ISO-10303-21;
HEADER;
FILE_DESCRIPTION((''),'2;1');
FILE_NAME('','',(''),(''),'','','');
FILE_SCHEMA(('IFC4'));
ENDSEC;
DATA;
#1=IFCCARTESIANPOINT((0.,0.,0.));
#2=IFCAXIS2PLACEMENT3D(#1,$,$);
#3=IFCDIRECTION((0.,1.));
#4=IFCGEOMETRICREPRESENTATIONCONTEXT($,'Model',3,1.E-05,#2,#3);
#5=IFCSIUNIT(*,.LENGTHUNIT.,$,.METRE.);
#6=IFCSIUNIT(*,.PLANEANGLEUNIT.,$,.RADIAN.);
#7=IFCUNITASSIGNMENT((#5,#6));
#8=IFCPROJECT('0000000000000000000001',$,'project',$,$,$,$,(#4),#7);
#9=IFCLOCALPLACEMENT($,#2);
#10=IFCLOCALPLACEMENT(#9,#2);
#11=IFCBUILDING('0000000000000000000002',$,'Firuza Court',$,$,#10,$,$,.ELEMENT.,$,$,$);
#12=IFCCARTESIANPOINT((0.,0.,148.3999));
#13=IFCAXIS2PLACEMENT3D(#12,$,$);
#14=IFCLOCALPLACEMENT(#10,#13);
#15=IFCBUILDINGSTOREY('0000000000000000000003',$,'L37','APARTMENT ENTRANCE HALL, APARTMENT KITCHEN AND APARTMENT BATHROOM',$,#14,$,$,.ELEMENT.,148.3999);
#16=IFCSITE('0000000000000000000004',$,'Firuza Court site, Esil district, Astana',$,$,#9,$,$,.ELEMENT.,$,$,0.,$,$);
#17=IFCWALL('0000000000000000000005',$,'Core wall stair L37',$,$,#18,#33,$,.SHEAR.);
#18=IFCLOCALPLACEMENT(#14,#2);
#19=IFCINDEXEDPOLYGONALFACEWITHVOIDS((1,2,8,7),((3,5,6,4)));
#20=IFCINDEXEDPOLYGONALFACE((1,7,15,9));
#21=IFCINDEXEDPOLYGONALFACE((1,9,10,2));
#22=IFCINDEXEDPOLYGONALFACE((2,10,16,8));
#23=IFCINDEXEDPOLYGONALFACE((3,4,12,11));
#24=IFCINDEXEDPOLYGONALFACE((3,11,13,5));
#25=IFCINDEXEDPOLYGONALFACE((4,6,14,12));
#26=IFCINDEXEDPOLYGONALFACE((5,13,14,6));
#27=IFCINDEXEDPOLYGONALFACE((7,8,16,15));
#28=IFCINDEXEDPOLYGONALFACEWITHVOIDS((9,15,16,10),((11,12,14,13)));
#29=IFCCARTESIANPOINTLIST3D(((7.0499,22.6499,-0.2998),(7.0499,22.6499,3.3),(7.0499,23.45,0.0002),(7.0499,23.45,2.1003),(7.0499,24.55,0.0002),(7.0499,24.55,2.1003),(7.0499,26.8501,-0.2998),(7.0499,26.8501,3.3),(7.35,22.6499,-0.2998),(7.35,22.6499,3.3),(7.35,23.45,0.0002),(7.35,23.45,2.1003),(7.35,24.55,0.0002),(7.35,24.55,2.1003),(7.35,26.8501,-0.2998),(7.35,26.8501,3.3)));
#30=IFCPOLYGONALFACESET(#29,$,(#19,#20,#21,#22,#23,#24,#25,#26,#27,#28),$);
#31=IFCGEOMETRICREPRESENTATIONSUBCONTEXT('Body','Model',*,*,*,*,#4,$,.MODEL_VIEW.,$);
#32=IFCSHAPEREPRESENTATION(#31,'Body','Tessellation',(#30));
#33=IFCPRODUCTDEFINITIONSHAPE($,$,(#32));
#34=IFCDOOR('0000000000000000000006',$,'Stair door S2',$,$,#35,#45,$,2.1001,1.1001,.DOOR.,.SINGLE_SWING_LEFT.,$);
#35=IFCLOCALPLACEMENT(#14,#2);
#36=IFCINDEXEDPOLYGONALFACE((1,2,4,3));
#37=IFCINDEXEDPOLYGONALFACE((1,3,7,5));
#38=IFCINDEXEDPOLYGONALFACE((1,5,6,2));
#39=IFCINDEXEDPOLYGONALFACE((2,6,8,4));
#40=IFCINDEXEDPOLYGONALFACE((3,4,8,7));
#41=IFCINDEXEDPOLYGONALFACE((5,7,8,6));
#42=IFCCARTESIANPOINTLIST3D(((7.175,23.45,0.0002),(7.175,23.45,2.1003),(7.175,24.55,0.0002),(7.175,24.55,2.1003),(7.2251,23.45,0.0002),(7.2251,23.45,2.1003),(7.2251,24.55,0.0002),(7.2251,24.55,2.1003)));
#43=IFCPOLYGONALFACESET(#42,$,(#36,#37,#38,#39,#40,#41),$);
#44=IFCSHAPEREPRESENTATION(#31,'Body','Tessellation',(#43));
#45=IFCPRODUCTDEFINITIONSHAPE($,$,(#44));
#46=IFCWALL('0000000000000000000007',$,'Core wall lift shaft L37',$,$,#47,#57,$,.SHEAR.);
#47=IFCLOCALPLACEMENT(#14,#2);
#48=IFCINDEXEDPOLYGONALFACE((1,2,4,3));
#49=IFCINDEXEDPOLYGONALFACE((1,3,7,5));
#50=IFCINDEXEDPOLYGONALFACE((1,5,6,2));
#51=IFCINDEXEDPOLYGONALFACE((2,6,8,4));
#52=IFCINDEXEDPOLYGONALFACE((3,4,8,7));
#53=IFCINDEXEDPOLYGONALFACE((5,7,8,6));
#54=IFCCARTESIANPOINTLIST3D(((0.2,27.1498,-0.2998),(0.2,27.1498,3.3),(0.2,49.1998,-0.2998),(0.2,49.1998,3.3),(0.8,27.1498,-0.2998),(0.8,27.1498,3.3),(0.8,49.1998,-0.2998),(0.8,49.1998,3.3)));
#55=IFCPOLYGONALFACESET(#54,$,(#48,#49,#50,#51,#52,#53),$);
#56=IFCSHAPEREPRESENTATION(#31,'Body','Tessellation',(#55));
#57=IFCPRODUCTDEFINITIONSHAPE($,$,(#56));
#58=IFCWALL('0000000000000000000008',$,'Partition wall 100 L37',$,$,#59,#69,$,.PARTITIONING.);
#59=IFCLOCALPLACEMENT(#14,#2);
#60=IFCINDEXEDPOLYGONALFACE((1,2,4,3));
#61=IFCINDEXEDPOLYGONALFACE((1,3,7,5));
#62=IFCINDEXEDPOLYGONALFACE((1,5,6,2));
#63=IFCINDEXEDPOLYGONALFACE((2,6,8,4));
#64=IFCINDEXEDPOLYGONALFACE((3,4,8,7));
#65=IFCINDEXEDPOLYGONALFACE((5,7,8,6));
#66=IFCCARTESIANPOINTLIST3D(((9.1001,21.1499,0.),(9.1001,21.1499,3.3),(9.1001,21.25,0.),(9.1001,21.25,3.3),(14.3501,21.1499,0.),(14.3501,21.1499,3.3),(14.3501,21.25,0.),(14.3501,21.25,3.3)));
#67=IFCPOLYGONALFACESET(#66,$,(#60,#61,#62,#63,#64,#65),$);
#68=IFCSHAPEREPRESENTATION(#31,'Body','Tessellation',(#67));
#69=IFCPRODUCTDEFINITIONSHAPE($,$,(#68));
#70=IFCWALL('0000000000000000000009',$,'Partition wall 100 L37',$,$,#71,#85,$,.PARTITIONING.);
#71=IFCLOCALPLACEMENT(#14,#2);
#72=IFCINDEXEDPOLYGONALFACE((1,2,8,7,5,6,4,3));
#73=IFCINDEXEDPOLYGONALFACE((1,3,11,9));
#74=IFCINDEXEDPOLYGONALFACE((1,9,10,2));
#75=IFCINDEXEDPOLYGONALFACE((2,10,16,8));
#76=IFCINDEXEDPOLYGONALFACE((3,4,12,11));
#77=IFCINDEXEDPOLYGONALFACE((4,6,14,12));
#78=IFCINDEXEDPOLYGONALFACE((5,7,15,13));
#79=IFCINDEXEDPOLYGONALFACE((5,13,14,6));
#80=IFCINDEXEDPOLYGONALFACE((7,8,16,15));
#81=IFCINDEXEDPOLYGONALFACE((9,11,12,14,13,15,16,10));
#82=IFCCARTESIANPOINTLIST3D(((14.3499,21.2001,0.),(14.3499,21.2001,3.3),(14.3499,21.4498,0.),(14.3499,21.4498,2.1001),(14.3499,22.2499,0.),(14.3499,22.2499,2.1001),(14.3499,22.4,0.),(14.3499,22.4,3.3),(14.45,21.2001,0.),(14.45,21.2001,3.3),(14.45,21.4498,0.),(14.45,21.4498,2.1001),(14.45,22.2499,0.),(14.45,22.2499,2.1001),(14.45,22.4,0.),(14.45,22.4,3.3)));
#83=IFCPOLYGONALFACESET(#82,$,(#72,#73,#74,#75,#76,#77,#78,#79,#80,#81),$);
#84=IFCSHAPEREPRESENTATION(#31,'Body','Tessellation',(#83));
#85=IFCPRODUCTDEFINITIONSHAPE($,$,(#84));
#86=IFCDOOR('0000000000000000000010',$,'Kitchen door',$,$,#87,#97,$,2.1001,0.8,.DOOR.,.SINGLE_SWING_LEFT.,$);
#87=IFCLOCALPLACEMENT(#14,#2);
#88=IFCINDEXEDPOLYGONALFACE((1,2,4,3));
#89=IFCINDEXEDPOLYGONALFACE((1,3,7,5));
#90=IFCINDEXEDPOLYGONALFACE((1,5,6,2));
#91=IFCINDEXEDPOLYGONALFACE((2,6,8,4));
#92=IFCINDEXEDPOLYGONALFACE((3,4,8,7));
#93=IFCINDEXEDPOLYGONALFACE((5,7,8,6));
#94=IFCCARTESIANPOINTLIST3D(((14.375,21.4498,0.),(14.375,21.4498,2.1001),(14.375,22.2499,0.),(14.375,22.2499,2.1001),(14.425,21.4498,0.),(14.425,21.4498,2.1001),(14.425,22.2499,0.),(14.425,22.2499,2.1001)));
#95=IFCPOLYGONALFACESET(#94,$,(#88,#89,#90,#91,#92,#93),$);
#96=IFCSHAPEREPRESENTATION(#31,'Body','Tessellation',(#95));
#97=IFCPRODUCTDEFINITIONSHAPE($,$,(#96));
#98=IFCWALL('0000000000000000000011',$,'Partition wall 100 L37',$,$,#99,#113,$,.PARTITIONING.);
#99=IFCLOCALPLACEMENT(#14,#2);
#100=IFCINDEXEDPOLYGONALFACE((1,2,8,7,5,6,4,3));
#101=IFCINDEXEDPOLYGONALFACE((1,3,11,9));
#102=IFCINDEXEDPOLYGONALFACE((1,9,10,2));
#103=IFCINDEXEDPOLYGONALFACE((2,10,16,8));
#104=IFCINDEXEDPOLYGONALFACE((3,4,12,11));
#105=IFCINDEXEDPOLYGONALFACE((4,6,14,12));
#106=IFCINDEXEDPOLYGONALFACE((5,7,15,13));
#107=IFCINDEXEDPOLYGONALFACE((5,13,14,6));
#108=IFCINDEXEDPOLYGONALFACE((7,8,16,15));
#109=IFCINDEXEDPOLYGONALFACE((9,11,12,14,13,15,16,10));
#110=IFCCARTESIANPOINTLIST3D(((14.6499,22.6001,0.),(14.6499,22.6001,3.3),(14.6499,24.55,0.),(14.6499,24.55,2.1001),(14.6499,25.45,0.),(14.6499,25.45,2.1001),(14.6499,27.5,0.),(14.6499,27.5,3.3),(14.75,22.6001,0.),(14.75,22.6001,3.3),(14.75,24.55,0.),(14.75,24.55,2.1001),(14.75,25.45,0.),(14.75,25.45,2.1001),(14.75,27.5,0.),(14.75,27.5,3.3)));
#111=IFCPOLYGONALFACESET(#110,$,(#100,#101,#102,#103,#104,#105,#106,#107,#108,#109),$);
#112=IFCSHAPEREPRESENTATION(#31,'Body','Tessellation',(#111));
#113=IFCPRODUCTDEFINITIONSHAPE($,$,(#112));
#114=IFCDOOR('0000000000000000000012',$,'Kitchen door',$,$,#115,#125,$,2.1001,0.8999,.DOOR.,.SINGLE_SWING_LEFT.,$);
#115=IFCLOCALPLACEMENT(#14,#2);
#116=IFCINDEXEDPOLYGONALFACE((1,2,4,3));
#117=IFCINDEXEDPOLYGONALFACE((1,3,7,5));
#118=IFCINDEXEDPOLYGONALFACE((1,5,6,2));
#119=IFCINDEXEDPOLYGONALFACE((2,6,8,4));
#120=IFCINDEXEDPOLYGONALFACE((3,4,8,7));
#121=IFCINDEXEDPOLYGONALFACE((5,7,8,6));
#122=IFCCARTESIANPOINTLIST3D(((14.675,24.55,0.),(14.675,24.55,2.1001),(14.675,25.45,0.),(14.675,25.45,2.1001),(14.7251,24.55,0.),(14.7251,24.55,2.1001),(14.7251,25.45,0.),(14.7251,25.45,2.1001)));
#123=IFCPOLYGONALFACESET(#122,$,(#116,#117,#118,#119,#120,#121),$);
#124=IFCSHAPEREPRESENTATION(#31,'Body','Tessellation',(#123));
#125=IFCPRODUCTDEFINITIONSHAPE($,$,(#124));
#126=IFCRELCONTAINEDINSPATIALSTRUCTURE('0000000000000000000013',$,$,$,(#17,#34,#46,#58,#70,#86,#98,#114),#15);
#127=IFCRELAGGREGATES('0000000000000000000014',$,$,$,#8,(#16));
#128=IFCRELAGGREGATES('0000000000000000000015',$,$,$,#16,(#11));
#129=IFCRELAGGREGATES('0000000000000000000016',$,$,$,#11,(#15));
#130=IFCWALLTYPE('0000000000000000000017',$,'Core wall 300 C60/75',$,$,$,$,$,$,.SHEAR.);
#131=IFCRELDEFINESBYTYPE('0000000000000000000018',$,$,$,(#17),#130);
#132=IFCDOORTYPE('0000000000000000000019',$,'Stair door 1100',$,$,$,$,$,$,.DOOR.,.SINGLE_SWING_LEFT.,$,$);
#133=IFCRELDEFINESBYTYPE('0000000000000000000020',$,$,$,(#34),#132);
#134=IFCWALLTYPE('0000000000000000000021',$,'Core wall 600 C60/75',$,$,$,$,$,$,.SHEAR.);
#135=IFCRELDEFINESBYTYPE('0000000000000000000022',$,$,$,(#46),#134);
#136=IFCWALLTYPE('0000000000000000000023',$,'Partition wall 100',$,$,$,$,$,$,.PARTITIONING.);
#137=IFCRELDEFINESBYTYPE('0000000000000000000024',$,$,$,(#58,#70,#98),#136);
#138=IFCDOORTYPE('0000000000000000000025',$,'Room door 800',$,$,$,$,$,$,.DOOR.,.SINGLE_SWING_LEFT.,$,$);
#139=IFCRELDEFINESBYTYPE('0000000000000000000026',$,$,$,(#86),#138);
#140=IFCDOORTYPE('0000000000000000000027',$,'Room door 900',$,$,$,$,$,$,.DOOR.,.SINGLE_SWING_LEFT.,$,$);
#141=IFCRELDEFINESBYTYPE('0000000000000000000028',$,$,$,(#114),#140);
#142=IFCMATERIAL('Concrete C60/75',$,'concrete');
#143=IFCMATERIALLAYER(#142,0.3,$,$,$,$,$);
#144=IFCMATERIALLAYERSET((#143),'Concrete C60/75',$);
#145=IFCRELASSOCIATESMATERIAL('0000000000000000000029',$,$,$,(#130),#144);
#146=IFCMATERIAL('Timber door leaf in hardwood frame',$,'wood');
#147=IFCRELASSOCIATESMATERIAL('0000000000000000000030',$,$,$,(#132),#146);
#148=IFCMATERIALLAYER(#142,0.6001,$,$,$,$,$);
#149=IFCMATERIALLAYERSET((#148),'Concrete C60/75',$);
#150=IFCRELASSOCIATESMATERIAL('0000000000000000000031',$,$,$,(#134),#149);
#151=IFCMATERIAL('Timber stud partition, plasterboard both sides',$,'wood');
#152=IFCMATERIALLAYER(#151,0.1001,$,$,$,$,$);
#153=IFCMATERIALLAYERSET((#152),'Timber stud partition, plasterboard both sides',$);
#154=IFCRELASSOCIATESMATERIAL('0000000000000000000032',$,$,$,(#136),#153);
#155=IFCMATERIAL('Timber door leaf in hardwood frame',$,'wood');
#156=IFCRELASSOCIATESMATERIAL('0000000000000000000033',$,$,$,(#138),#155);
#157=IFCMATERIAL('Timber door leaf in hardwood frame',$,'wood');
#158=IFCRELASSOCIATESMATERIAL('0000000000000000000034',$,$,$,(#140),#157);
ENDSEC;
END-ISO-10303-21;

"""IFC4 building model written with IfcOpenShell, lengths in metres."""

from ifc_helpers import new_model, si_unit, direction, frame, frame_2d, origin, place, context, subcontext, project, spatial, rectangle, extrude, material, layer, layer_set, type_object, element, fill, save


model = new_model("IFC4")

# Units and contexts
model_context = context("Model", 3, precision=1e-05, world=origin(), true_north=direction((0.0, 1.0)))
body_context = subcontext(model_context, "Body", "Model", "MODEL_VIEW")
ifc_project = project(units=[si_unit("LENGTHUNIT", "METRE"), si_unit("PLANEANGLEUNIT", "RADIAN")], contexts=[model_context])

# Site, building, storey
site_placement = place(None, origin())
site = spatial("IfcSite", under=ifc_project, at=site_placement, Name="Firuza Court site, Esil district, Astana", CompositionType="ELEMENT", RefElevation=0.0)
building_placement = place(site_placement, origin())
building = spatial("IfcBuilding", under=site, at=building_placement, Name="Firuza Court", CompositionType="ELEMENT")
storey_placement = place(building_placement, frame((0.0, 0.0, 148.3999)))
storey = spatial("IfcBuildingStorey", under=building, at=storey_placement, Name="L37", Description="APARTMENT ENTRANCE HALL, APARTMENT KITCHEN AND APARTMENT BATHROOM", CompositionType="ELEMENT", Elevation=148.3999)

# Shared definitions
ifc_material_1 = material(Name="Concrete C60/75", Category="concrete")
ifc_layer_1 = layer(ifc_material_1, 0.3)
ifc_layer_set_1 = layer_set([ifc_layer_1], Name="Concrete C60/75")
wall_type_1 = type_object("IfcWallType", Name="Core wall 300 C60/75", PredefinedType="SHEAR", material=ifc_layer_set_1)

# Shared definitions
ifc_material_2 = material(Name="Timber door leaf in hardwood frame", Category="wood")
door_type_1 = type_object("IfcDoorType", Name="Stair door 1100", OperationType="SINGLE_SWING_LEFT", PredefinedType="DOOR", material=ifc_material_2)

# Wall, opening, door
wall_1_placement = place(storey_placement, frame((7.2, 22.6499, -0.2998), z_axis=(0.0, 0.0, 1.0), x_axis=(0.0, 1.0, 0.0)))
wall_1 = element("IfcWall", 1, at=wall_1_placement, inside=storey, type_object=wall_type_1, Name="Core wall stair L37", PredefinedType="SHEAR", context=body_context, shape_type="SweptSolid", body=[
    extrude(rectangle(XDim=4.2002, YDim=0.3, at=frame_2d((2.1001, 0.0))), origin(), (0.0, 0.0, 1.0), 3.5999),
])
opening_1_placement = place(wall_1_placement, frame((0.8, 0.0, 0.3)))
opening_1 = element("IfcOpeningElement", 2, at=opening_1_placement, cuts=wall_1, PredefinedType="OPENING", context=body_context, shape_type="SweptSolid", body=[
    extrude(rectangle(XDim=1.1001, YDim=2.1001, at=frame_2d((0.55, 1.05))), frame((0.0, 0.1621, 0.0), z_axis=(0.0, -1.0, 0.0), x_axis=(1.0, 0.0, 0.0)), (0.0, 0.0, 1.0), 0.324),
])
door_1_placement = place(opening_1_placement, origin())
door_1 = element("IfcDoor", 3, at=door_1_placement, inside=storey, type_object=door_type_1, Name="Stair door S2", OperationType="SINGLE_SWING_LEFT", OverallHeight=2.1001, OverallWidth=1.1001, PredefinedType="DOOR", context=body_context, shape_type="SweptSolid", body=[
    extrude(rectangle(XDim=1.1001, YDim=2.1001, at=frame_2d((0.55, 1.05))), frame((0.0, 0.0249, 0.0), z_axis=(0.0, -1.0, 0.0), x_axis=(1.0, 0.0, 0.0)), (0.0, 0.0, 1.0), 0.05),
])
fill(opening_1, door_1)

# Walls
ifc_layer_2 = layer(ifc_material_1, 0.6001)
ifc_layer_set_2 = layer_set([ifc_layer_2], Name="Concrete C60/75")
wall_type_2 = type_object("IfcWallType", Name="Core wall 600 C60/75", PredefinedType="SHEAR", material=ifc_layer_set_2)
wall_2_placement = place(storey_placement, frame((0.5, 27.1499, -0.2998), z_axis=(0.0, 0.0, 1.0), x_axis=(0.0, 1.0, 0.0)))
element("IfcWall", 4, at=wall_2_placement, inside=storey, type_object=wall_type_2, Name="Core wall lift shaft L37", PredefinedType="SHEAR", context=body_context, shape_type="SweptSolid", body=[
    extrude(rectangle(XDim=22.05, YDim=0.6001, at=frame_2d((11.0249, 0.0))), origin(), (0.0, 0.0, 1.0), 3.5999),
])
ifc_material_3 = material(Name="Timber stud partition, plasterboard both sides", Category="wood")
ifc_layer_3 = layer(ifc_material_3, 0.1001)
ifc_layer_set_3 = layer_set([ifc_layer_3], Name="Timber stud partition, plasterboard both sides")
wall_type_3 = type_object("IfcWallType", Name="Partition wall 100", PredefinedType="PARTITIONING", material=ifc_layer_set_3)
wall_3_placement = place(storey_placement, frame((9.1001, 21.2, 0.0), z_axis=(0.0, 0.0, 1.0), x_axis=(1.0, 0.0, 0.0)))
element("IfcWall", 5, at=wall_3_placement, inside=storey, type_object=wall_type_3, Name="Partition wall 100 L37", PredefinedType="PARTITIONING", context=body_context, shape_type="SweptSolid", body=[
    extrude(rectangle(XDim=5.25, YDim=0.1001, at=frame_2d((2.625, 0.0))), origin(), (0.0, 0.0, 1.0), 3.3),
])

# Walls, openings, doors
wall_4_placement = place(storey_placement, frame((14.3999, 21.2, 0.0), z_axis=(0.0, 0.0, 1.0), x_axis=(0.0, 1.0, 0.0)))
wall_4 = element("IfcWall", 6, at=wall_4_placement, inside=storey, type_object=wall_type_3, Name="Partition wall 100 L37", PredefinedType="PARTITIONING", context=body_context, shape_type="SweptSolid", body=[
    extrude(rectangle(XDim=1.2, YDim=0.1001, at=frame_2d((0.6001, 0.0))), origin(), (0.0, 0.0, 1.0), 3.3),
])
opening_2_placement = place(wall_4_placement, frame((0.25, 0.0, 0.0)))
opening_2 = element("IfcOpeningElement", 7, at=opening_2_placement, cuts=wall_4, PredefinedType="OPENING", context=body_context, shape_type="SweptSolid", body=[
    extrude(rectangle(XDim=0.8, YDim=2.1001, at=frame_2d((0.3999, 1.05))), frame((0.0, 0.062, 0.0), z_axis=(0.0, -1.0, 0.0), x_axis=(1.0, 0.0, 0.0)), (0.0, 0.0, 1.0), 0.124),
])
ifc_material_4 = material(Name="Timber door leaf in hardwood frame", Category="wood")
door_type_2 = type_object("IfcDoorType", Name="Room door 800", OperationType="SINGLE_SWING_LEFT", PredefinedType="DOOR", material=ifc_material_4)
door_2_placement = place(opening_2_placement, origin())
door_2 = element("IfcDoor", 8, at=door_2_placement, inside=storey, type_object=door_type_2, Name="Kitchen door", OperationType="SINGLE_SWING_LEFT", OverallHeight=2.1001, OverallWidth=0.8, PredefinedType="DOOR", context=body_context, shape_type="SweptSolid", body=[
    extrude(rectangle(XDim=0.8, YDim=2.1001, at=frame_2d((0.3999, 1.05))), frame((0.0, 0.0249, 0.0), z_axis=(0.0, -1.0, 0.0), x_axis=(1.0, 0.0, 0.0)), (0.0, 0.0, 1.0), 0.05),
])
fill(opening_2, door_2)
wall_5_placement = place(storey_placement, frame((14.7, 22.6001, 0.0), z_axis=(0.0, 0.0, 1.0), x_axis=(0.0, 1.0, 0.0)))
wall_5 = element("IfcWall", 9, at=wall_5_placement, inside=storey, type_object=wall_type_3, Name="Partition wall 100 L37", PredefinedType="PARTITIONING", context=body_context, shape_type="SweptSolid", body=[
    extrude(rectangle(XDim=4.8999, YDim=0.1001, at=frame_2d((2.45, 0.0))), origin(), (0.0, 0.0, 1.0), 3.3),
])
opening_3_placement = place(wall_5_placement, frame((1.95, 0.0, 0.0)))
opening_3 = element("IfcOpeningElement", 10, at=opening_3_placement, cuts=wall_5, PredefinedType="OPENING", context=body_context, shape_type="SweptSolid", body=[
    extrude(rectangle(XDim=0.8999, YDim=2.1001, at=frame_2d((0.45, 1.05))), frame((0.0, 0.062, 0.0), z_axis=(0.0, -1.0, 0.0), x_axis=(1.0, 0.0, 0.0)), (0.0, 0.0, 1.0), 0.124),
])
ifc_material_5 = material(Name="Timber door leaf in hardwood frame", Category="wood")
door_type_3 = type_object("IfcDoorType", Name="Room door 900", OperationType="SINGLE_SWING_LEFT", PredefinedType="DOOR", material=ifc_material_5)
door_3_placement = place(opening_3_placement, origin())
door_3 = element("IfcDoor", 11, at=door_3_placement, inside=storey, type_object=door_type_3, Name="Kitchen door", OperationType="SINGLE_SWING_LEFT", OverallHeight=2.1001, OverallWidth=0.8999, PredefinedType="DOOR", context=body_context, shape_type="SweptSolid", body=[
    extrude(rectangle(XDim=0.8999, YDim=2.1001, at=frame_2d((0.45, 1.05))), frame((0.0, 0.0249, 0.0), z_axis=(0.0, -1.0, 0.0), x_axis=(1.0, 0.0, 0.0)), (0.0, 0.0, 1.0), 0.05),
])
fill(opening_3, door_3)

save(model, "model.ifc")
